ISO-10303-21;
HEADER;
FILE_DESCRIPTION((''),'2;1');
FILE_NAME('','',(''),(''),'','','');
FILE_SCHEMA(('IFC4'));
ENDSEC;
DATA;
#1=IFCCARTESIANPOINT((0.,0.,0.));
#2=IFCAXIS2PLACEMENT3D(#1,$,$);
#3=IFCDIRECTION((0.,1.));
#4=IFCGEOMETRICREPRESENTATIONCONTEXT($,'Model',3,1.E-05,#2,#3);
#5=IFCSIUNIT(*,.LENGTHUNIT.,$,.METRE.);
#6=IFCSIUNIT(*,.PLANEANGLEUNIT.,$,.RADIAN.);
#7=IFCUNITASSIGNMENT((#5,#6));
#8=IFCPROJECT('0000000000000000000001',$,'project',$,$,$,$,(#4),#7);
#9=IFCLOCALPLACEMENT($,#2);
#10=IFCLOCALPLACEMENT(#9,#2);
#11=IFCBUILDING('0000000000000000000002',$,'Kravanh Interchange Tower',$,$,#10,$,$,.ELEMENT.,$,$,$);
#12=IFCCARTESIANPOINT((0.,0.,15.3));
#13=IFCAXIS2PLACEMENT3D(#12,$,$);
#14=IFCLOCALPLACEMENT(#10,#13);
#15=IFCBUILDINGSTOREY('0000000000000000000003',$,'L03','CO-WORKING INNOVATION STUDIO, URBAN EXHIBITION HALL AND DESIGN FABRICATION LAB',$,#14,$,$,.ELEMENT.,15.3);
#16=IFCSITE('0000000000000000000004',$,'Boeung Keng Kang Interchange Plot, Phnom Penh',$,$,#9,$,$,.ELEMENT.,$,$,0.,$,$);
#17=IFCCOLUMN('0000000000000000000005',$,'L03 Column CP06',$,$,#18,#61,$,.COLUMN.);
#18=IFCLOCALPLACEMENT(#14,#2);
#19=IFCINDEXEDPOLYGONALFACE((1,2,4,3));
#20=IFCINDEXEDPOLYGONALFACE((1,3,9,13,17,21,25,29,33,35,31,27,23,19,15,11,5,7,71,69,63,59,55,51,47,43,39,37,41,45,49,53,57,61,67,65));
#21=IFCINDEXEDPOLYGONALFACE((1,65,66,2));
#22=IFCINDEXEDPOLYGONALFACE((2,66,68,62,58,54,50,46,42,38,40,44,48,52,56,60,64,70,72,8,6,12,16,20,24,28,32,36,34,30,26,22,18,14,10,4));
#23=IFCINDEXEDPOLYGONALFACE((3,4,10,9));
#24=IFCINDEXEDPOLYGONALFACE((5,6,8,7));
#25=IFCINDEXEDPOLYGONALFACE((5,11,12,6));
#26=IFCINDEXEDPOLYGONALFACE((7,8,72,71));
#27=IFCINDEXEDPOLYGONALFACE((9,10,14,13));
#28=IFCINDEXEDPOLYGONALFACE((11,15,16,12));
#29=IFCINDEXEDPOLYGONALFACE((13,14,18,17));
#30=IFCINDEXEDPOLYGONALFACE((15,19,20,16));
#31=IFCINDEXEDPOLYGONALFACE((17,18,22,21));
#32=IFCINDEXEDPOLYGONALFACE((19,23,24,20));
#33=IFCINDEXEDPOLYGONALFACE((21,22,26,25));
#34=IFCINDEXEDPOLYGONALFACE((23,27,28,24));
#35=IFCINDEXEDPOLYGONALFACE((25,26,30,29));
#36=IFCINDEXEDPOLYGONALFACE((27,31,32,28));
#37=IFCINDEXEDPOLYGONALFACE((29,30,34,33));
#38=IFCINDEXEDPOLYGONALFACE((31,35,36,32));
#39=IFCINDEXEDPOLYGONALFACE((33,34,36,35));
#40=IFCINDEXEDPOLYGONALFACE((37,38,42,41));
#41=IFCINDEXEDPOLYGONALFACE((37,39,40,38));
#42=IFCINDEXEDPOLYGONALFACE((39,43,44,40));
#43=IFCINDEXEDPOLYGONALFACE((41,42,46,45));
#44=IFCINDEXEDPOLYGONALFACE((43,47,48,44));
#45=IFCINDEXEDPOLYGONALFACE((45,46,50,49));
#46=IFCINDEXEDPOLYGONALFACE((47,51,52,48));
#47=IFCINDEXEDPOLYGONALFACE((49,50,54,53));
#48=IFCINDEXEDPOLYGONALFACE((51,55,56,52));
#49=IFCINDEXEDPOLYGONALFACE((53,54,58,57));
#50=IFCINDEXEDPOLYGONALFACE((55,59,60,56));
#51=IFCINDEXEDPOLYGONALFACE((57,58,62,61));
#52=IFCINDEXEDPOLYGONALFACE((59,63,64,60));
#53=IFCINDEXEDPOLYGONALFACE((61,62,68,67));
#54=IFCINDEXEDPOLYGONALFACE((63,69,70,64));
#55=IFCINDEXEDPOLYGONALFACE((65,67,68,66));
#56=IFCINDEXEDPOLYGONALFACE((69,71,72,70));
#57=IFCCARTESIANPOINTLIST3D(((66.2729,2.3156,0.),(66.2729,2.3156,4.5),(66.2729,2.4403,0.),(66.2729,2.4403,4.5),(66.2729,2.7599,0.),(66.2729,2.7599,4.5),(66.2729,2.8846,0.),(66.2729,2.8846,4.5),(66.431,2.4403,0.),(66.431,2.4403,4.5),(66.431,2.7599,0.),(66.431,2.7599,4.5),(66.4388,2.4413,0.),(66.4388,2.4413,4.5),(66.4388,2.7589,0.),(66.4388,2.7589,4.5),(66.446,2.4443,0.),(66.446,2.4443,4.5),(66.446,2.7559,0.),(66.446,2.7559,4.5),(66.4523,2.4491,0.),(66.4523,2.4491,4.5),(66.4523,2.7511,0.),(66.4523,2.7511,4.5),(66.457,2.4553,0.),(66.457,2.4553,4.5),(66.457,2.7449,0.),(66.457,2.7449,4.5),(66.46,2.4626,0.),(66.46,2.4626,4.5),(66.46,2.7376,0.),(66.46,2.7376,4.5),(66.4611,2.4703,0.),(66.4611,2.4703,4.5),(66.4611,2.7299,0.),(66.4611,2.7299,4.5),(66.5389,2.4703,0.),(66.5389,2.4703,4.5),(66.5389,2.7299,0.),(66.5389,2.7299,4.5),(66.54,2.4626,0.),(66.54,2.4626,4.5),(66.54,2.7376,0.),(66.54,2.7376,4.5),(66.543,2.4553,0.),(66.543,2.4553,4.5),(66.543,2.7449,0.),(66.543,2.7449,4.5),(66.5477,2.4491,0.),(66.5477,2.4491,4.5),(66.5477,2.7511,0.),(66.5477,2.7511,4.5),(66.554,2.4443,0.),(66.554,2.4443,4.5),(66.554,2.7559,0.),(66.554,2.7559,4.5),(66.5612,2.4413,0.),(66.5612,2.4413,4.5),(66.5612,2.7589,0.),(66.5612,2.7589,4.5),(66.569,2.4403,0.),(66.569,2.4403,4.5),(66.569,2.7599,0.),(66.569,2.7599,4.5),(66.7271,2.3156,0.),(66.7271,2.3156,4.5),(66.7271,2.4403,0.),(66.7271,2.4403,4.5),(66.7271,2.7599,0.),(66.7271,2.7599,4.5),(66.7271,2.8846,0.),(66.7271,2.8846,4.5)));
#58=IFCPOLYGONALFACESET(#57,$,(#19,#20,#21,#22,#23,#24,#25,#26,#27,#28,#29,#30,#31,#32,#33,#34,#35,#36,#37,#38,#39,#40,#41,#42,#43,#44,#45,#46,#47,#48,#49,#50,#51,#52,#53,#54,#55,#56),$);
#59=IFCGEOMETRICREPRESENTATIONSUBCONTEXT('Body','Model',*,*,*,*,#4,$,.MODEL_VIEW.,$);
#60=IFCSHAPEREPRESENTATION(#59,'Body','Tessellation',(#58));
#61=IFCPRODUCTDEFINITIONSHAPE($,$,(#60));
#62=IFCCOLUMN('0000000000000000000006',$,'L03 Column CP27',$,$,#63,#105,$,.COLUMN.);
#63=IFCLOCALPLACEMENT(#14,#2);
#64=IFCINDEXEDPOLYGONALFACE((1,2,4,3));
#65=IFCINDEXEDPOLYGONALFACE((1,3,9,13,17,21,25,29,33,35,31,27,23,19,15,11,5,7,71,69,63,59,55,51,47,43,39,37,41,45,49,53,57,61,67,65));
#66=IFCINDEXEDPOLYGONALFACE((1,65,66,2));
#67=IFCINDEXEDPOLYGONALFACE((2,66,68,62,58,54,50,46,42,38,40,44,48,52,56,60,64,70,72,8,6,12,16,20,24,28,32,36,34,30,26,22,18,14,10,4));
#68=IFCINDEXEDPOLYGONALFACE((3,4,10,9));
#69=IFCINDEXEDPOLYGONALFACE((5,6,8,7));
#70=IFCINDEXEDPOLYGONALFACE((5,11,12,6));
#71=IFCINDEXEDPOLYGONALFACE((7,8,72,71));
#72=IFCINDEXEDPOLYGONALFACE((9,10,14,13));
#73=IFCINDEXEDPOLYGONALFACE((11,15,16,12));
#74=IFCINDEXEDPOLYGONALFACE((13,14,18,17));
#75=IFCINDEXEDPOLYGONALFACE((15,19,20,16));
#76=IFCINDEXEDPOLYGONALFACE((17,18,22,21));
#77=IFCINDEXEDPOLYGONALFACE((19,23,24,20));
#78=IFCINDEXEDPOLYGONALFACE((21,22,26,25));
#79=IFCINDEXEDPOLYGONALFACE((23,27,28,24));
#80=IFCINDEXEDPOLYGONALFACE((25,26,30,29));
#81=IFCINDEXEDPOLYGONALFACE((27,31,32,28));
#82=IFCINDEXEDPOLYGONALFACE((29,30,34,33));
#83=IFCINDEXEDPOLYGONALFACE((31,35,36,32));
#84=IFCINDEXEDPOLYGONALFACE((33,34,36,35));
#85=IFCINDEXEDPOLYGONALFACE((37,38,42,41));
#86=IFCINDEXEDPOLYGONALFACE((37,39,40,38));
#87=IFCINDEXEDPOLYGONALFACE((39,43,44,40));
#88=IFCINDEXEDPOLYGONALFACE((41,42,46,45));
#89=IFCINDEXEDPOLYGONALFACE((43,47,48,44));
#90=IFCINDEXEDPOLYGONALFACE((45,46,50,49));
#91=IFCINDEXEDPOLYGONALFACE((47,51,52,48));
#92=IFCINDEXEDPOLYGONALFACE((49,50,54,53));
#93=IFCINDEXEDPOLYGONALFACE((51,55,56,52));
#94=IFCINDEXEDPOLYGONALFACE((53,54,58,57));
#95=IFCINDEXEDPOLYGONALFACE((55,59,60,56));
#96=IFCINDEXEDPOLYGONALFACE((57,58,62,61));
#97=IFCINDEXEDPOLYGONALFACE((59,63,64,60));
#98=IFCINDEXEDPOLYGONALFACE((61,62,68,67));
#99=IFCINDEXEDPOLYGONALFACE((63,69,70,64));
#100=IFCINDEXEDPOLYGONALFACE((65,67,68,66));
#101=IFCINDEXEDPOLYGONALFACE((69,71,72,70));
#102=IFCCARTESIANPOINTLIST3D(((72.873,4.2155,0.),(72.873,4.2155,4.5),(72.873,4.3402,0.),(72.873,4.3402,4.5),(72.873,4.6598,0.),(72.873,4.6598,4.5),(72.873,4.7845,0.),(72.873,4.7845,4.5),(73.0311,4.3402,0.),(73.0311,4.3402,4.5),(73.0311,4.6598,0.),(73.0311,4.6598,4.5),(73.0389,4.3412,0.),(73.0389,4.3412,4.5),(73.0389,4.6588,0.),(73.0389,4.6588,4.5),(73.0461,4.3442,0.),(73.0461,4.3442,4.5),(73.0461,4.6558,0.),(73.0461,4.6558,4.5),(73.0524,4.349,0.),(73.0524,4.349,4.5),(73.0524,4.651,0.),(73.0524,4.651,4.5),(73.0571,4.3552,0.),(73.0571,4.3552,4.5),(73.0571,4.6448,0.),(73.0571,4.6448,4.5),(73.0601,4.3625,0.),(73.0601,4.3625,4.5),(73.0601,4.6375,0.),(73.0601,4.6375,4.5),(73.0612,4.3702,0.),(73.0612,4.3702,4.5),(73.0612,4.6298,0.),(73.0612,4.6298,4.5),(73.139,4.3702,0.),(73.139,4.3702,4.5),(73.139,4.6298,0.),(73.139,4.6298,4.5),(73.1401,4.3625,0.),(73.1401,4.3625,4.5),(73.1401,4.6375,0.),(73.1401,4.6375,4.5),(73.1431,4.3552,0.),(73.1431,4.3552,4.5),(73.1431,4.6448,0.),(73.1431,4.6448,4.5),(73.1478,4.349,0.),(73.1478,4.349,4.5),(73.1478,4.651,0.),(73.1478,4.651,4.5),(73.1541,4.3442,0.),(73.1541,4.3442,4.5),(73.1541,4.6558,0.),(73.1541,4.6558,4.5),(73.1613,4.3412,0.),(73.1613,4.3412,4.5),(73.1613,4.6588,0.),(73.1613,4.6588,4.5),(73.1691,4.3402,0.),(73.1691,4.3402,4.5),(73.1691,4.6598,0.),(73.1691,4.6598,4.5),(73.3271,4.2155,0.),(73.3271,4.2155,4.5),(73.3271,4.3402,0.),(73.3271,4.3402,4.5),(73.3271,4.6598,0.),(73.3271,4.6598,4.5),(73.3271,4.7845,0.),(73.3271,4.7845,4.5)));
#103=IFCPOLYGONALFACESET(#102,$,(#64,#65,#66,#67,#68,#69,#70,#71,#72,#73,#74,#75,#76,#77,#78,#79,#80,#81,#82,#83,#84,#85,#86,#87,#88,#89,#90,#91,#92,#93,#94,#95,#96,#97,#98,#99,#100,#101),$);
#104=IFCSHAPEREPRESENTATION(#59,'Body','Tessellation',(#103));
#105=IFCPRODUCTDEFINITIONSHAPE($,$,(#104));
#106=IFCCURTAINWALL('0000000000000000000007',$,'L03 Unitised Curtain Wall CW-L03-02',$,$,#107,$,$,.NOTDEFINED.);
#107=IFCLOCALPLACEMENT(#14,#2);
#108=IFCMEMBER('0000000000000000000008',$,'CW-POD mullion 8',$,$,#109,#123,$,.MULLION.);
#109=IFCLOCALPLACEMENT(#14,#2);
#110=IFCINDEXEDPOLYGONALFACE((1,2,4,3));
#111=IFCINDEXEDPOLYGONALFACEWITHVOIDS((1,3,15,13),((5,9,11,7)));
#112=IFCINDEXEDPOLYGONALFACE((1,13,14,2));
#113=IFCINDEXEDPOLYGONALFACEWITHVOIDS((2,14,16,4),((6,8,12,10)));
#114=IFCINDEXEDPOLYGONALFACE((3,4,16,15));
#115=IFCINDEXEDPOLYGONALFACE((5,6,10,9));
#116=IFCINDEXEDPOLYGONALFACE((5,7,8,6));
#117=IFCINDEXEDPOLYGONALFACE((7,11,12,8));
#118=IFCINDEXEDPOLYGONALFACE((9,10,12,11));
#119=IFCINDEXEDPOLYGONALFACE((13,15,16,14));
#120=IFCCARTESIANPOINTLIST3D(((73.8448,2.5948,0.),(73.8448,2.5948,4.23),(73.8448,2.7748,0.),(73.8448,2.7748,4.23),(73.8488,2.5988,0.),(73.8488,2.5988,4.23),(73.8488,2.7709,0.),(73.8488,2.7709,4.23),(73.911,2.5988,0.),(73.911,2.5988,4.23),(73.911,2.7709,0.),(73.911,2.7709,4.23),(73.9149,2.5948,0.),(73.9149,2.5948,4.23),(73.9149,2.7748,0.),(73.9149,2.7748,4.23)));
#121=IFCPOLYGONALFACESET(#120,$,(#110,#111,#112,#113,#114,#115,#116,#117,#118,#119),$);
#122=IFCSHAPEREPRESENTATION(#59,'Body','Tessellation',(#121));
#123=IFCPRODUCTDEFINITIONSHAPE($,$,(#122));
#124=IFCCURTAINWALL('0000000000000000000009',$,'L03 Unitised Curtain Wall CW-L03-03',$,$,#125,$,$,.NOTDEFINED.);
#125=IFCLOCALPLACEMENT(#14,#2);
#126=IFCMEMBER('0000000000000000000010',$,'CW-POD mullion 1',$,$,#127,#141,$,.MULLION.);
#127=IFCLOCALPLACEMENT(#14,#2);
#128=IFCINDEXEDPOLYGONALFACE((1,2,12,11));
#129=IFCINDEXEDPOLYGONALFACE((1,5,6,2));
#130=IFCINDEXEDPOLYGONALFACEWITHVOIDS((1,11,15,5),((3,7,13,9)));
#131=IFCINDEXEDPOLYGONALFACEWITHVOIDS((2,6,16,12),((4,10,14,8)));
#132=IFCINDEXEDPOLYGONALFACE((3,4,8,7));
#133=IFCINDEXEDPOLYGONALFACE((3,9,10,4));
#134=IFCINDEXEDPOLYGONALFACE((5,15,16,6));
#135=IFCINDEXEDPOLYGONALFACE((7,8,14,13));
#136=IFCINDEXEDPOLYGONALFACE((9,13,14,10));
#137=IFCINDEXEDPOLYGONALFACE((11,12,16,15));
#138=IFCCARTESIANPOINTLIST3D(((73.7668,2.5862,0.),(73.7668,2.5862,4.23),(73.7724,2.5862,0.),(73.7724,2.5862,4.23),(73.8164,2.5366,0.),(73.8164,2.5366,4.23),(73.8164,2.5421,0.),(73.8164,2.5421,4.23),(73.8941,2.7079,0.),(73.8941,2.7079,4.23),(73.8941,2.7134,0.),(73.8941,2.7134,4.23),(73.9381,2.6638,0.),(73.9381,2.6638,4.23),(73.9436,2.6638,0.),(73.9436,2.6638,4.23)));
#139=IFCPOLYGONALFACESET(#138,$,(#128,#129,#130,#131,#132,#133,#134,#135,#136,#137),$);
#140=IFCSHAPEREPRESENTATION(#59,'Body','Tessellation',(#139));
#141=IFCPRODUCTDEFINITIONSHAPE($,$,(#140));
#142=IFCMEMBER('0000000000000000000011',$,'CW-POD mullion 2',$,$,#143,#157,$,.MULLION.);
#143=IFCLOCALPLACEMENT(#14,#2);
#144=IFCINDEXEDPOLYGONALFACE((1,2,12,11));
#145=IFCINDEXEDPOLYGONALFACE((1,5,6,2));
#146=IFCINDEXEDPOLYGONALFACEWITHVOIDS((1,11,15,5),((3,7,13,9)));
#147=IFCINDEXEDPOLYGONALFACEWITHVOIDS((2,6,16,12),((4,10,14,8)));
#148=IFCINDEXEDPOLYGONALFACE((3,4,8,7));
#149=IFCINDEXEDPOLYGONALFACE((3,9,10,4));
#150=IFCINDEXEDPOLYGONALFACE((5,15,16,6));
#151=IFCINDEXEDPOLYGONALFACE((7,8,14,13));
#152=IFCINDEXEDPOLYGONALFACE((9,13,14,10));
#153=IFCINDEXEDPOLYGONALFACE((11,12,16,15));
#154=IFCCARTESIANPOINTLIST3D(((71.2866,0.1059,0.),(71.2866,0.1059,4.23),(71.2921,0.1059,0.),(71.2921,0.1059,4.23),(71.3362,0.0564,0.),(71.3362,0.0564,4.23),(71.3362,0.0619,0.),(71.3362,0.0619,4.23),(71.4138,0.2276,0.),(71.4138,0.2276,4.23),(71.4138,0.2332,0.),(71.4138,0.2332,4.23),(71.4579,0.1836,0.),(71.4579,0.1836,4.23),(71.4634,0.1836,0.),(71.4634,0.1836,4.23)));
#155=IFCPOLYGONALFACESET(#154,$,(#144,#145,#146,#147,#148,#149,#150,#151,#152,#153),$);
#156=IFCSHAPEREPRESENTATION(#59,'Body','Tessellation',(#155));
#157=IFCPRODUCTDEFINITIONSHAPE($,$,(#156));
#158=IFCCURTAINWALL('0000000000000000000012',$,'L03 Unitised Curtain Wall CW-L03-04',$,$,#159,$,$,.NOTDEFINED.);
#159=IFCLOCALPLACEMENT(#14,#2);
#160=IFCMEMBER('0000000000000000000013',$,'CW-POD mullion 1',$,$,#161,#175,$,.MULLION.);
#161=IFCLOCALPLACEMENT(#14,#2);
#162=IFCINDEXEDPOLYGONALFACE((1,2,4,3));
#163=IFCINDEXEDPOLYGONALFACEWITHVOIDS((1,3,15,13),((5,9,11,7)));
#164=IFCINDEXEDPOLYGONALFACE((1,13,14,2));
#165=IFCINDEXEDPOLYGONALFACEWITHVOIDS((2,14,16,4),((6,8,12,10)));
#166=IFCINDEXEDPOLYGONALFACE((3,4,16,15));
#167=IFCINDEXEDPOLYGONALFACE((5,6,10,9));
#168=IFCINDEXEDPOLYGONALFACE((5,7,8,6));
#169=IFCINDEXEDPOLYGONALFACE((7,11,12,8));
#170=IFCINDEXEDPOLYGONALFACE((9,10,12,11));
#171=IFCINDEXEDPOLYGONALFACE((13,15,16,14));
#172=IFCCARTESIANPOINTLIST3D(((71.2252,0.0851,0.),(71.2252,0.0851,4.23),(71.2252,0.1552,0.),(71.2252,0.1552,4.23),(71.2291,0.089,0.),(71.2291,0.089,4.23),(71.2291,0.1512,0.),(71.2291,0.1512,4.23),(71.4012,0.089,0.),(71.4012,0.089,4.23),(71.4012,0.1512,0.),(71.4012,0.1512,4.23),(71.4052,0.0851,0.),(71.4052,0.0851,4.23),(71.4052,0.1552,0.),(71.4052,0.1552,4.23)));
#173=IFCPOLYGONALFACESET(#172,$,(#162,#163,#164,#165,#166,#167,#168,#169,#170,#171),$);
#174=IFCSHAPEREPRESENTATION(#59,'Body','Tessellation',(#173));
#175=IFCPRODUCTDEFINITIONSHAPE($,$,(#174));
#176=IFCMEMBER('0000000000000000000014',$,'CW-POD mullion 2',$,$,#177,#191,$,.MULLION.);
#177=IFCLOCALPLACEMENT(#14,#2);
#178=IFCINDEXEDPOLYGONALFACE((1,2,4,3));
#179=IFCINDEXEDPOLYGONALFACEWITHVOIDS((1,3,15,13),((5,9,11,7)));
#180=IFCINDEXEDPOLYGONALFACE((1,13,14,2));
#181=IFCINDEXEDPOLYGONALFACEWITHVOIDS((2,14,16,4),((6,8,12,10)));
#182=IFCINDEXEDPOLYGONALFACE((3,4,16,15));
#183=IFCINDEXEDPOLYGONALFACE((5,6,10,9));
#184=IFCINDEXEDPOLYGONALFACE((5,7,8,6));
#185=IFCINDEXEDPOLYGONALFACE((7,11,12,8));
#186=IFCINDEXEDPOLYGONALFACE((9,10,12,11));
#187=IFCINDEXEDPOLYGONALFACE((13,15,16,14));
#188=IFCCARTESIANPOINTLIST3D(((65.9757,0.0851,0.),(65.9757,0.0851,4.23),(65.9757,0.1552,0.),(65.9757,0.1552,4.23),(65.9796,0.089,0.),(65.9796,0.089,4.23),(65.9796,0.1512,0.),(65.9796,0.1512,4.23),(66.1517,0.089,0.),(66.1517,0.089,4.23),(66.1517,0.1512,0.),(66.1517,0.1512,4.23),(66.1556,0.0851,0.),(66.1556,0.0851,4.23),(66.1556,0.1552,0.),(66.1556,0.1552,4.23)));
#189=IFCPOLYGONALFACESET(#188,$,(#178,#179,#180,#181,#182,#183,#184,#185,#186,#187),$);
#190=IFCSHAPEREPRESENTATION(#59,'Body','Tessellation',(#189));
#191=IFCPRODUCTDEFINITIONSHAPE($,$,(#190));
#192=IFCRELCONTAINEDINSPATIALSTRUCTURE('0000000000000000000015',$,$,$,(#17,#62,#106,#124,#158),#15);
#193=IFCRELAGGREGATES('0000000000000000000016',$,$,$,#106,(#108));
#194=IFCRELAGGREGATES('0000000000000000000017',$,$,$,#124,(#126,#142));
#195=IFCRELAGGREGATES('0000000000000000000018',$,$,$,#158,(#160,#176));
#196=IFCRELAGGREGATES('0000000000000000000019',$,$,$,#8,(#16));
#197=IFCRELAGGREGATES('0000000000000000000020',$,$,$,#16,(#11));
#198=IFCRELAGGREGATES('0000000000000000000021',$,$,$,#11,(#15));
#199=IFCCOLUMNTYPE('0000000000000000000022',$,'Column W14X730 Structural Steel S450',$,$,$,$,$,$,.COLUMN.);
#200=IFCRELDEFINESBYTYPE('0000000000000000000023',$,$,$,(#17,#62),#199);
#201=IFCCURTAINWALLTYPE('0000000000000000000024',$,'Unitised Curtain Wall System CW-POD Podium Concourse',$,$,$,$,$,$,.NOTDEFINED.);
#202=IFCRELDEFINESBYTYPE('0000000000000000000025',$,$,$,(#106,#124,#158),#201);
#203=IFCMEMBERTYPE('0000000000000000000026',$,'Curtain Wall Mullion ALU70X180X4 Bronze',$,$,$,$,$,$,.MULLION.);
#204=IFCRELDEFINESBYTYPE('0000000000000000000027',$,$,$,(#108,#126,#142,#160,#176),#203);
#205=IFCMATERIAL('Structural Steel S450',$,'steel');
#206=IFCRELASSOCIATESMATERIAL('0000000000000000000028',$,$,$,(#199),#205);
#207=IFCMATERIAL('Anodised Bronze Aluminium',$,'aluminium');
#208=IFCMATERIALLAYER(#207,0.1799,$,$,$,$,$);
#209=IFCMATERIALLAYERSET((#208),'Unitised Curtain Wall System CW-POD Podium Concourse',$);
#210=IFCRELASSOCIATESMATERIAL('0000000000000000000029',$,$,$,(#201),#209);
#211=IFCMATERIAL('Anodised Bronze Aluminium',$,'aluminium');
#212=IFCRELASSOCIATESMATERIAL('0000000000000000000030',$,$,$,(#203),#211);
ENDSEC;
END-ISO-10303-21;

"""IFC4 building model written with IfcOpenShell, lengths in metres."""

from ifc_helpers import new_model, si_unit, direction, frame, origin, origin_2d, place, context, subcontext, project, spatial, hollow_rectangle, i_section, extrude, material, layer, layer_set, material_profile, profile_set, type_object, element, aggregate, save


model = new_model("IFC4")

# Units and contexts
model_context = context("Model", 3, precision=1e-05, world=origin(), true_north=direction((0.0, 1.0)))
body_context = subcontext(model_context, "Body", "Model", "MODEL_VIEW")
ifc_project = project(units=[si_unit("LENGTHUNIT", "METRE"), si_unit("PLANEANGLEUNIT", "RADIAN")], contexts=[model_context])

# Site, building, storey
site_placement = place(None, origin())
site = spatial("IfcSite", under=ifc_project, at=site_placement, Name="Boeung Keng Kang Interchange Plot, Phnom Penh", CompositionType="ELEMENT", RefElevation=0.0)
building_placement = place(site_placement, origin())
building = spatial("IfcBuilding", under=site, at=building_placement, Name="Kravanh Interchange Tower", CompositionType="ELEMENT")
storey_placement = place(building_placement, frame((0.0, 0.0, 15.3)))
storey = spatial("IfcBuildingStorey", under=building, at=storey_placement, Name="L03", Description="CO-WORKING INNOVATION STUDIO, URBAN EXHIBITION HALL AND DESIGN FABRICATION LAB", CompositionType="ELEMENT", Elevation=15.3)

# Columns
ifc_material_1 = material(Name="Structural Steel S450", Category="steel")
ifc_material_profile_1 = material_profile(ifc_material_1, i_section(OverallWidth=0.4541, OverallDepth=0.5691, WebThickness=0.0779, FlangeThickness=0.1248, FilletRadius=0.03, at=origin_2d()), Name="W14X730")
ifc_profile_set_1 = profile_set([ifc_material_profile_1], Name="Structural Steel S450")
column_type = type_object("IfcColumnType", Name="Column W14X730 Structural Steel S450", PredefinedType="COLUMN", material=ifc_profile_set_1)
for number, where, z_axis, x_axis, name in (
    (1, (66.5, 2.6001, 0.0), (0.0, 0.0, 1.0), (1.0, 0.0, 0.0), "L03 Column CP06"),
    (2, (73.1001, 4.5, 0.0), (0.0, 0.0, 1.0), (1.0, 0.0, 0.0), "L03 Column CP27"),
):
    element("IfcColumn", number, at=place(storey_placement, frame(where, z_axis=z_axis, x_axis=x_axis)), inside=storey, type_object=column_type, Name=name, PredefinedType="COLUMN", context=body_context, shape_type="SweptSolid", body=[
        extrude(i_section(OverallWidth=0.4541, OverallDepth=0.5691, WebThickness=0.0779, FlangeThickness=0.1248, FilletRadius=0.03, at=origin_2d()), origin(), (0.0, 0.0, 1.0), 4.5),
    ])

# Curtain wall, member
ifc_material_2 = material(Name="Anodised Bronze Aluminium", Category="aluminium")
ifc_layer_1 = layer(ifc_material_2, 0.1799)
ifc_layer_set_1 = layer_set([ifc_layer_1], Name="Unitised Curtain Wall System CW-POD Podium Concourse")
curtain_wall_type = type_object("IfcCurtainWallType", Name="Unitised Curtain Wall System CW-POD Podium Concourse", PredefinedType="NOTDEFINED", material=ifc_layer_set_1)
curtain_wall_1_placement = place(storey_placement, origin())
curtain_wall_1 = element("IfcCurtainWall", 3, at=curtain_wall_1_placement, inside=storey, type_object=curtain_wall_type, Name="L03 Unitised Curtain Wall CW-L03-02", PredefinedType="NOTDEFINED")
ifc_material_3 = material(Name="Anodised Bronze Aluminium", Category="aluminium")
ifc_material_profile_2 = material_profile(ifc_material_3, hollow_rectangle(XDim=0.0701, YDim=0.1799, WallThickness=0.0039, at=origin_2d()), Name="ALU70X180X4")
ifc_profile_set_2 = profile_set([ifc_material_profile_2], Name="Anodised Bronze Aluminium")
member_type_1 = type_object("IfcMemberType", Name="Curtain Wall Mullion ALU70X180X4 Bronze", PredefinedType="MULLION", material=ifc_profile_set_2)
member_1_placement = place(storey_placement, frame((73.8799, 2.6848, 0.0), z_axis=(0.0, 0.0, 1.0), x_axis=(1.0, 0.0, 0.0)))
member_1 = element("IfcMember", 4, at=member_1_placement, type_object=member_type_1, Name="CW-POD mullion 8", PredefinedType="MULLION", context=body_context, shape_type="SweptSolid", body=[
    extrude(hollow_rectangle(XDim=0.0701, YDim=0.1799, WallThickness=0.0039, at=origin_2d()), origin(), (0.0, 0.0, 1.0), 4.23),
])

# Curtain walls, members
curtain_wall_2_placement = place(storey_placement, origin())
curtain_wall_2 = element("IfcCurtainWall", 5, at=curtain_wall_2_placement, inside=storey, type_object=curtain_wall_type, Name="L03 Unitised Curtain Wall CW-L03-03", PredefinedType="NOTDEFINED")
member_2_placement = place(storey_placement, frame((73.8552, 2.625, 0.0), z_axis=(0.0, 0.0, 1.0), x_axis=(0.707107, -0.707107, 0.0)))
member_2 = element("IfcMember", 6, at=member_2_placement, type_object=member_type_1, Name="CW-POD mullion 1", PredefinedType="MULLION", context=body_context, shape_type="SweptSolid", body=[
    extrude(hollow_rectangle(XDim=0.0701, YDim=0.1799, WallThickness=0.0039, at=origin_2d()), origin(), (0.0, 0.0, 1.0), 4.23),
])
member_3_placement = place(storey_placement, frame((71.375, 0.1448, 0.0), z_axis=(0.0, 0.0, 1.0), x_axis=(0.707107, -0.707107, 0.0)))
member_3 = element("IfcMember", 7, at=member_3_placement, type_object=member_type_1, Name="CW-POD mullion 2", PredefinedType="MULLION", context=body_context, shape_type="SweptSolid", body=[
    extrude(hollow_rectangle(XDim=0.0701, YDim=0.1799, WallThickness=0.0039, at=origin_2d()), origin(), (0.0, 0.0, 1.0), 4.23),
])
curtain_wall_3_placement = place(storey_placement, origin())
curtain_wall_3 = element("IfcCurtainWall", 8, at=curtain_wall_3_placement, inside=storey, type_object=curtain_wall_type, Name="L03 Unitised Curtain Wall CW-L03-04", PredefinedType="NOTDEFINED")
member_4_placement = place(storey_placement, frame((71.3152, 0.1201, 0.0), z_axis=(0.0, 0.0, 1.0), x_axis=(0.0, -1.0, 0.0)))
member_4 = element("IfcMember", 9, at=member_4_placement, type_object=member_type_1, Name="CW-POD mullion 1", PredefinedType="MULLION", context=body_context, shape_type="SweptSolid", body=[
    extrude(hollow_rectangle(XDim=0.0701, YDim=0.1799, WallThickness=0.0039, at=origin_2d()), origin(), (0.0, 0.0, 1.0), 4.23),
])
member_5_placement = place(storey_placement, frame((66.0657, 0.1201, 0.0), z_axis=(0.0, 0.0, 1.0), x_axis=(0.0, -1.0, 0.0)))
member_5 = element("IfcMember", 10, at=member_5_placement, type_object=member_type_1, Name="CW-POD mullion 2", PredefinedType="MULLION", context=body_context, shape_type="SweptSolid", body=[
    extrude(hollow_rectangle(XDim=0.0701, YDim=0.1799, WallThickness=0.0039, at=origin_2d()), origin(), (0.0, 0.0, 1.0), 4.23),
])

aggregate(curtain_wall_1, [member_1])
aggregate(curtain_wall_2, [member_2, member_3])
aggregate(curtain_wall_3, [member_4, member_5])

save(model, "model.ifc")
